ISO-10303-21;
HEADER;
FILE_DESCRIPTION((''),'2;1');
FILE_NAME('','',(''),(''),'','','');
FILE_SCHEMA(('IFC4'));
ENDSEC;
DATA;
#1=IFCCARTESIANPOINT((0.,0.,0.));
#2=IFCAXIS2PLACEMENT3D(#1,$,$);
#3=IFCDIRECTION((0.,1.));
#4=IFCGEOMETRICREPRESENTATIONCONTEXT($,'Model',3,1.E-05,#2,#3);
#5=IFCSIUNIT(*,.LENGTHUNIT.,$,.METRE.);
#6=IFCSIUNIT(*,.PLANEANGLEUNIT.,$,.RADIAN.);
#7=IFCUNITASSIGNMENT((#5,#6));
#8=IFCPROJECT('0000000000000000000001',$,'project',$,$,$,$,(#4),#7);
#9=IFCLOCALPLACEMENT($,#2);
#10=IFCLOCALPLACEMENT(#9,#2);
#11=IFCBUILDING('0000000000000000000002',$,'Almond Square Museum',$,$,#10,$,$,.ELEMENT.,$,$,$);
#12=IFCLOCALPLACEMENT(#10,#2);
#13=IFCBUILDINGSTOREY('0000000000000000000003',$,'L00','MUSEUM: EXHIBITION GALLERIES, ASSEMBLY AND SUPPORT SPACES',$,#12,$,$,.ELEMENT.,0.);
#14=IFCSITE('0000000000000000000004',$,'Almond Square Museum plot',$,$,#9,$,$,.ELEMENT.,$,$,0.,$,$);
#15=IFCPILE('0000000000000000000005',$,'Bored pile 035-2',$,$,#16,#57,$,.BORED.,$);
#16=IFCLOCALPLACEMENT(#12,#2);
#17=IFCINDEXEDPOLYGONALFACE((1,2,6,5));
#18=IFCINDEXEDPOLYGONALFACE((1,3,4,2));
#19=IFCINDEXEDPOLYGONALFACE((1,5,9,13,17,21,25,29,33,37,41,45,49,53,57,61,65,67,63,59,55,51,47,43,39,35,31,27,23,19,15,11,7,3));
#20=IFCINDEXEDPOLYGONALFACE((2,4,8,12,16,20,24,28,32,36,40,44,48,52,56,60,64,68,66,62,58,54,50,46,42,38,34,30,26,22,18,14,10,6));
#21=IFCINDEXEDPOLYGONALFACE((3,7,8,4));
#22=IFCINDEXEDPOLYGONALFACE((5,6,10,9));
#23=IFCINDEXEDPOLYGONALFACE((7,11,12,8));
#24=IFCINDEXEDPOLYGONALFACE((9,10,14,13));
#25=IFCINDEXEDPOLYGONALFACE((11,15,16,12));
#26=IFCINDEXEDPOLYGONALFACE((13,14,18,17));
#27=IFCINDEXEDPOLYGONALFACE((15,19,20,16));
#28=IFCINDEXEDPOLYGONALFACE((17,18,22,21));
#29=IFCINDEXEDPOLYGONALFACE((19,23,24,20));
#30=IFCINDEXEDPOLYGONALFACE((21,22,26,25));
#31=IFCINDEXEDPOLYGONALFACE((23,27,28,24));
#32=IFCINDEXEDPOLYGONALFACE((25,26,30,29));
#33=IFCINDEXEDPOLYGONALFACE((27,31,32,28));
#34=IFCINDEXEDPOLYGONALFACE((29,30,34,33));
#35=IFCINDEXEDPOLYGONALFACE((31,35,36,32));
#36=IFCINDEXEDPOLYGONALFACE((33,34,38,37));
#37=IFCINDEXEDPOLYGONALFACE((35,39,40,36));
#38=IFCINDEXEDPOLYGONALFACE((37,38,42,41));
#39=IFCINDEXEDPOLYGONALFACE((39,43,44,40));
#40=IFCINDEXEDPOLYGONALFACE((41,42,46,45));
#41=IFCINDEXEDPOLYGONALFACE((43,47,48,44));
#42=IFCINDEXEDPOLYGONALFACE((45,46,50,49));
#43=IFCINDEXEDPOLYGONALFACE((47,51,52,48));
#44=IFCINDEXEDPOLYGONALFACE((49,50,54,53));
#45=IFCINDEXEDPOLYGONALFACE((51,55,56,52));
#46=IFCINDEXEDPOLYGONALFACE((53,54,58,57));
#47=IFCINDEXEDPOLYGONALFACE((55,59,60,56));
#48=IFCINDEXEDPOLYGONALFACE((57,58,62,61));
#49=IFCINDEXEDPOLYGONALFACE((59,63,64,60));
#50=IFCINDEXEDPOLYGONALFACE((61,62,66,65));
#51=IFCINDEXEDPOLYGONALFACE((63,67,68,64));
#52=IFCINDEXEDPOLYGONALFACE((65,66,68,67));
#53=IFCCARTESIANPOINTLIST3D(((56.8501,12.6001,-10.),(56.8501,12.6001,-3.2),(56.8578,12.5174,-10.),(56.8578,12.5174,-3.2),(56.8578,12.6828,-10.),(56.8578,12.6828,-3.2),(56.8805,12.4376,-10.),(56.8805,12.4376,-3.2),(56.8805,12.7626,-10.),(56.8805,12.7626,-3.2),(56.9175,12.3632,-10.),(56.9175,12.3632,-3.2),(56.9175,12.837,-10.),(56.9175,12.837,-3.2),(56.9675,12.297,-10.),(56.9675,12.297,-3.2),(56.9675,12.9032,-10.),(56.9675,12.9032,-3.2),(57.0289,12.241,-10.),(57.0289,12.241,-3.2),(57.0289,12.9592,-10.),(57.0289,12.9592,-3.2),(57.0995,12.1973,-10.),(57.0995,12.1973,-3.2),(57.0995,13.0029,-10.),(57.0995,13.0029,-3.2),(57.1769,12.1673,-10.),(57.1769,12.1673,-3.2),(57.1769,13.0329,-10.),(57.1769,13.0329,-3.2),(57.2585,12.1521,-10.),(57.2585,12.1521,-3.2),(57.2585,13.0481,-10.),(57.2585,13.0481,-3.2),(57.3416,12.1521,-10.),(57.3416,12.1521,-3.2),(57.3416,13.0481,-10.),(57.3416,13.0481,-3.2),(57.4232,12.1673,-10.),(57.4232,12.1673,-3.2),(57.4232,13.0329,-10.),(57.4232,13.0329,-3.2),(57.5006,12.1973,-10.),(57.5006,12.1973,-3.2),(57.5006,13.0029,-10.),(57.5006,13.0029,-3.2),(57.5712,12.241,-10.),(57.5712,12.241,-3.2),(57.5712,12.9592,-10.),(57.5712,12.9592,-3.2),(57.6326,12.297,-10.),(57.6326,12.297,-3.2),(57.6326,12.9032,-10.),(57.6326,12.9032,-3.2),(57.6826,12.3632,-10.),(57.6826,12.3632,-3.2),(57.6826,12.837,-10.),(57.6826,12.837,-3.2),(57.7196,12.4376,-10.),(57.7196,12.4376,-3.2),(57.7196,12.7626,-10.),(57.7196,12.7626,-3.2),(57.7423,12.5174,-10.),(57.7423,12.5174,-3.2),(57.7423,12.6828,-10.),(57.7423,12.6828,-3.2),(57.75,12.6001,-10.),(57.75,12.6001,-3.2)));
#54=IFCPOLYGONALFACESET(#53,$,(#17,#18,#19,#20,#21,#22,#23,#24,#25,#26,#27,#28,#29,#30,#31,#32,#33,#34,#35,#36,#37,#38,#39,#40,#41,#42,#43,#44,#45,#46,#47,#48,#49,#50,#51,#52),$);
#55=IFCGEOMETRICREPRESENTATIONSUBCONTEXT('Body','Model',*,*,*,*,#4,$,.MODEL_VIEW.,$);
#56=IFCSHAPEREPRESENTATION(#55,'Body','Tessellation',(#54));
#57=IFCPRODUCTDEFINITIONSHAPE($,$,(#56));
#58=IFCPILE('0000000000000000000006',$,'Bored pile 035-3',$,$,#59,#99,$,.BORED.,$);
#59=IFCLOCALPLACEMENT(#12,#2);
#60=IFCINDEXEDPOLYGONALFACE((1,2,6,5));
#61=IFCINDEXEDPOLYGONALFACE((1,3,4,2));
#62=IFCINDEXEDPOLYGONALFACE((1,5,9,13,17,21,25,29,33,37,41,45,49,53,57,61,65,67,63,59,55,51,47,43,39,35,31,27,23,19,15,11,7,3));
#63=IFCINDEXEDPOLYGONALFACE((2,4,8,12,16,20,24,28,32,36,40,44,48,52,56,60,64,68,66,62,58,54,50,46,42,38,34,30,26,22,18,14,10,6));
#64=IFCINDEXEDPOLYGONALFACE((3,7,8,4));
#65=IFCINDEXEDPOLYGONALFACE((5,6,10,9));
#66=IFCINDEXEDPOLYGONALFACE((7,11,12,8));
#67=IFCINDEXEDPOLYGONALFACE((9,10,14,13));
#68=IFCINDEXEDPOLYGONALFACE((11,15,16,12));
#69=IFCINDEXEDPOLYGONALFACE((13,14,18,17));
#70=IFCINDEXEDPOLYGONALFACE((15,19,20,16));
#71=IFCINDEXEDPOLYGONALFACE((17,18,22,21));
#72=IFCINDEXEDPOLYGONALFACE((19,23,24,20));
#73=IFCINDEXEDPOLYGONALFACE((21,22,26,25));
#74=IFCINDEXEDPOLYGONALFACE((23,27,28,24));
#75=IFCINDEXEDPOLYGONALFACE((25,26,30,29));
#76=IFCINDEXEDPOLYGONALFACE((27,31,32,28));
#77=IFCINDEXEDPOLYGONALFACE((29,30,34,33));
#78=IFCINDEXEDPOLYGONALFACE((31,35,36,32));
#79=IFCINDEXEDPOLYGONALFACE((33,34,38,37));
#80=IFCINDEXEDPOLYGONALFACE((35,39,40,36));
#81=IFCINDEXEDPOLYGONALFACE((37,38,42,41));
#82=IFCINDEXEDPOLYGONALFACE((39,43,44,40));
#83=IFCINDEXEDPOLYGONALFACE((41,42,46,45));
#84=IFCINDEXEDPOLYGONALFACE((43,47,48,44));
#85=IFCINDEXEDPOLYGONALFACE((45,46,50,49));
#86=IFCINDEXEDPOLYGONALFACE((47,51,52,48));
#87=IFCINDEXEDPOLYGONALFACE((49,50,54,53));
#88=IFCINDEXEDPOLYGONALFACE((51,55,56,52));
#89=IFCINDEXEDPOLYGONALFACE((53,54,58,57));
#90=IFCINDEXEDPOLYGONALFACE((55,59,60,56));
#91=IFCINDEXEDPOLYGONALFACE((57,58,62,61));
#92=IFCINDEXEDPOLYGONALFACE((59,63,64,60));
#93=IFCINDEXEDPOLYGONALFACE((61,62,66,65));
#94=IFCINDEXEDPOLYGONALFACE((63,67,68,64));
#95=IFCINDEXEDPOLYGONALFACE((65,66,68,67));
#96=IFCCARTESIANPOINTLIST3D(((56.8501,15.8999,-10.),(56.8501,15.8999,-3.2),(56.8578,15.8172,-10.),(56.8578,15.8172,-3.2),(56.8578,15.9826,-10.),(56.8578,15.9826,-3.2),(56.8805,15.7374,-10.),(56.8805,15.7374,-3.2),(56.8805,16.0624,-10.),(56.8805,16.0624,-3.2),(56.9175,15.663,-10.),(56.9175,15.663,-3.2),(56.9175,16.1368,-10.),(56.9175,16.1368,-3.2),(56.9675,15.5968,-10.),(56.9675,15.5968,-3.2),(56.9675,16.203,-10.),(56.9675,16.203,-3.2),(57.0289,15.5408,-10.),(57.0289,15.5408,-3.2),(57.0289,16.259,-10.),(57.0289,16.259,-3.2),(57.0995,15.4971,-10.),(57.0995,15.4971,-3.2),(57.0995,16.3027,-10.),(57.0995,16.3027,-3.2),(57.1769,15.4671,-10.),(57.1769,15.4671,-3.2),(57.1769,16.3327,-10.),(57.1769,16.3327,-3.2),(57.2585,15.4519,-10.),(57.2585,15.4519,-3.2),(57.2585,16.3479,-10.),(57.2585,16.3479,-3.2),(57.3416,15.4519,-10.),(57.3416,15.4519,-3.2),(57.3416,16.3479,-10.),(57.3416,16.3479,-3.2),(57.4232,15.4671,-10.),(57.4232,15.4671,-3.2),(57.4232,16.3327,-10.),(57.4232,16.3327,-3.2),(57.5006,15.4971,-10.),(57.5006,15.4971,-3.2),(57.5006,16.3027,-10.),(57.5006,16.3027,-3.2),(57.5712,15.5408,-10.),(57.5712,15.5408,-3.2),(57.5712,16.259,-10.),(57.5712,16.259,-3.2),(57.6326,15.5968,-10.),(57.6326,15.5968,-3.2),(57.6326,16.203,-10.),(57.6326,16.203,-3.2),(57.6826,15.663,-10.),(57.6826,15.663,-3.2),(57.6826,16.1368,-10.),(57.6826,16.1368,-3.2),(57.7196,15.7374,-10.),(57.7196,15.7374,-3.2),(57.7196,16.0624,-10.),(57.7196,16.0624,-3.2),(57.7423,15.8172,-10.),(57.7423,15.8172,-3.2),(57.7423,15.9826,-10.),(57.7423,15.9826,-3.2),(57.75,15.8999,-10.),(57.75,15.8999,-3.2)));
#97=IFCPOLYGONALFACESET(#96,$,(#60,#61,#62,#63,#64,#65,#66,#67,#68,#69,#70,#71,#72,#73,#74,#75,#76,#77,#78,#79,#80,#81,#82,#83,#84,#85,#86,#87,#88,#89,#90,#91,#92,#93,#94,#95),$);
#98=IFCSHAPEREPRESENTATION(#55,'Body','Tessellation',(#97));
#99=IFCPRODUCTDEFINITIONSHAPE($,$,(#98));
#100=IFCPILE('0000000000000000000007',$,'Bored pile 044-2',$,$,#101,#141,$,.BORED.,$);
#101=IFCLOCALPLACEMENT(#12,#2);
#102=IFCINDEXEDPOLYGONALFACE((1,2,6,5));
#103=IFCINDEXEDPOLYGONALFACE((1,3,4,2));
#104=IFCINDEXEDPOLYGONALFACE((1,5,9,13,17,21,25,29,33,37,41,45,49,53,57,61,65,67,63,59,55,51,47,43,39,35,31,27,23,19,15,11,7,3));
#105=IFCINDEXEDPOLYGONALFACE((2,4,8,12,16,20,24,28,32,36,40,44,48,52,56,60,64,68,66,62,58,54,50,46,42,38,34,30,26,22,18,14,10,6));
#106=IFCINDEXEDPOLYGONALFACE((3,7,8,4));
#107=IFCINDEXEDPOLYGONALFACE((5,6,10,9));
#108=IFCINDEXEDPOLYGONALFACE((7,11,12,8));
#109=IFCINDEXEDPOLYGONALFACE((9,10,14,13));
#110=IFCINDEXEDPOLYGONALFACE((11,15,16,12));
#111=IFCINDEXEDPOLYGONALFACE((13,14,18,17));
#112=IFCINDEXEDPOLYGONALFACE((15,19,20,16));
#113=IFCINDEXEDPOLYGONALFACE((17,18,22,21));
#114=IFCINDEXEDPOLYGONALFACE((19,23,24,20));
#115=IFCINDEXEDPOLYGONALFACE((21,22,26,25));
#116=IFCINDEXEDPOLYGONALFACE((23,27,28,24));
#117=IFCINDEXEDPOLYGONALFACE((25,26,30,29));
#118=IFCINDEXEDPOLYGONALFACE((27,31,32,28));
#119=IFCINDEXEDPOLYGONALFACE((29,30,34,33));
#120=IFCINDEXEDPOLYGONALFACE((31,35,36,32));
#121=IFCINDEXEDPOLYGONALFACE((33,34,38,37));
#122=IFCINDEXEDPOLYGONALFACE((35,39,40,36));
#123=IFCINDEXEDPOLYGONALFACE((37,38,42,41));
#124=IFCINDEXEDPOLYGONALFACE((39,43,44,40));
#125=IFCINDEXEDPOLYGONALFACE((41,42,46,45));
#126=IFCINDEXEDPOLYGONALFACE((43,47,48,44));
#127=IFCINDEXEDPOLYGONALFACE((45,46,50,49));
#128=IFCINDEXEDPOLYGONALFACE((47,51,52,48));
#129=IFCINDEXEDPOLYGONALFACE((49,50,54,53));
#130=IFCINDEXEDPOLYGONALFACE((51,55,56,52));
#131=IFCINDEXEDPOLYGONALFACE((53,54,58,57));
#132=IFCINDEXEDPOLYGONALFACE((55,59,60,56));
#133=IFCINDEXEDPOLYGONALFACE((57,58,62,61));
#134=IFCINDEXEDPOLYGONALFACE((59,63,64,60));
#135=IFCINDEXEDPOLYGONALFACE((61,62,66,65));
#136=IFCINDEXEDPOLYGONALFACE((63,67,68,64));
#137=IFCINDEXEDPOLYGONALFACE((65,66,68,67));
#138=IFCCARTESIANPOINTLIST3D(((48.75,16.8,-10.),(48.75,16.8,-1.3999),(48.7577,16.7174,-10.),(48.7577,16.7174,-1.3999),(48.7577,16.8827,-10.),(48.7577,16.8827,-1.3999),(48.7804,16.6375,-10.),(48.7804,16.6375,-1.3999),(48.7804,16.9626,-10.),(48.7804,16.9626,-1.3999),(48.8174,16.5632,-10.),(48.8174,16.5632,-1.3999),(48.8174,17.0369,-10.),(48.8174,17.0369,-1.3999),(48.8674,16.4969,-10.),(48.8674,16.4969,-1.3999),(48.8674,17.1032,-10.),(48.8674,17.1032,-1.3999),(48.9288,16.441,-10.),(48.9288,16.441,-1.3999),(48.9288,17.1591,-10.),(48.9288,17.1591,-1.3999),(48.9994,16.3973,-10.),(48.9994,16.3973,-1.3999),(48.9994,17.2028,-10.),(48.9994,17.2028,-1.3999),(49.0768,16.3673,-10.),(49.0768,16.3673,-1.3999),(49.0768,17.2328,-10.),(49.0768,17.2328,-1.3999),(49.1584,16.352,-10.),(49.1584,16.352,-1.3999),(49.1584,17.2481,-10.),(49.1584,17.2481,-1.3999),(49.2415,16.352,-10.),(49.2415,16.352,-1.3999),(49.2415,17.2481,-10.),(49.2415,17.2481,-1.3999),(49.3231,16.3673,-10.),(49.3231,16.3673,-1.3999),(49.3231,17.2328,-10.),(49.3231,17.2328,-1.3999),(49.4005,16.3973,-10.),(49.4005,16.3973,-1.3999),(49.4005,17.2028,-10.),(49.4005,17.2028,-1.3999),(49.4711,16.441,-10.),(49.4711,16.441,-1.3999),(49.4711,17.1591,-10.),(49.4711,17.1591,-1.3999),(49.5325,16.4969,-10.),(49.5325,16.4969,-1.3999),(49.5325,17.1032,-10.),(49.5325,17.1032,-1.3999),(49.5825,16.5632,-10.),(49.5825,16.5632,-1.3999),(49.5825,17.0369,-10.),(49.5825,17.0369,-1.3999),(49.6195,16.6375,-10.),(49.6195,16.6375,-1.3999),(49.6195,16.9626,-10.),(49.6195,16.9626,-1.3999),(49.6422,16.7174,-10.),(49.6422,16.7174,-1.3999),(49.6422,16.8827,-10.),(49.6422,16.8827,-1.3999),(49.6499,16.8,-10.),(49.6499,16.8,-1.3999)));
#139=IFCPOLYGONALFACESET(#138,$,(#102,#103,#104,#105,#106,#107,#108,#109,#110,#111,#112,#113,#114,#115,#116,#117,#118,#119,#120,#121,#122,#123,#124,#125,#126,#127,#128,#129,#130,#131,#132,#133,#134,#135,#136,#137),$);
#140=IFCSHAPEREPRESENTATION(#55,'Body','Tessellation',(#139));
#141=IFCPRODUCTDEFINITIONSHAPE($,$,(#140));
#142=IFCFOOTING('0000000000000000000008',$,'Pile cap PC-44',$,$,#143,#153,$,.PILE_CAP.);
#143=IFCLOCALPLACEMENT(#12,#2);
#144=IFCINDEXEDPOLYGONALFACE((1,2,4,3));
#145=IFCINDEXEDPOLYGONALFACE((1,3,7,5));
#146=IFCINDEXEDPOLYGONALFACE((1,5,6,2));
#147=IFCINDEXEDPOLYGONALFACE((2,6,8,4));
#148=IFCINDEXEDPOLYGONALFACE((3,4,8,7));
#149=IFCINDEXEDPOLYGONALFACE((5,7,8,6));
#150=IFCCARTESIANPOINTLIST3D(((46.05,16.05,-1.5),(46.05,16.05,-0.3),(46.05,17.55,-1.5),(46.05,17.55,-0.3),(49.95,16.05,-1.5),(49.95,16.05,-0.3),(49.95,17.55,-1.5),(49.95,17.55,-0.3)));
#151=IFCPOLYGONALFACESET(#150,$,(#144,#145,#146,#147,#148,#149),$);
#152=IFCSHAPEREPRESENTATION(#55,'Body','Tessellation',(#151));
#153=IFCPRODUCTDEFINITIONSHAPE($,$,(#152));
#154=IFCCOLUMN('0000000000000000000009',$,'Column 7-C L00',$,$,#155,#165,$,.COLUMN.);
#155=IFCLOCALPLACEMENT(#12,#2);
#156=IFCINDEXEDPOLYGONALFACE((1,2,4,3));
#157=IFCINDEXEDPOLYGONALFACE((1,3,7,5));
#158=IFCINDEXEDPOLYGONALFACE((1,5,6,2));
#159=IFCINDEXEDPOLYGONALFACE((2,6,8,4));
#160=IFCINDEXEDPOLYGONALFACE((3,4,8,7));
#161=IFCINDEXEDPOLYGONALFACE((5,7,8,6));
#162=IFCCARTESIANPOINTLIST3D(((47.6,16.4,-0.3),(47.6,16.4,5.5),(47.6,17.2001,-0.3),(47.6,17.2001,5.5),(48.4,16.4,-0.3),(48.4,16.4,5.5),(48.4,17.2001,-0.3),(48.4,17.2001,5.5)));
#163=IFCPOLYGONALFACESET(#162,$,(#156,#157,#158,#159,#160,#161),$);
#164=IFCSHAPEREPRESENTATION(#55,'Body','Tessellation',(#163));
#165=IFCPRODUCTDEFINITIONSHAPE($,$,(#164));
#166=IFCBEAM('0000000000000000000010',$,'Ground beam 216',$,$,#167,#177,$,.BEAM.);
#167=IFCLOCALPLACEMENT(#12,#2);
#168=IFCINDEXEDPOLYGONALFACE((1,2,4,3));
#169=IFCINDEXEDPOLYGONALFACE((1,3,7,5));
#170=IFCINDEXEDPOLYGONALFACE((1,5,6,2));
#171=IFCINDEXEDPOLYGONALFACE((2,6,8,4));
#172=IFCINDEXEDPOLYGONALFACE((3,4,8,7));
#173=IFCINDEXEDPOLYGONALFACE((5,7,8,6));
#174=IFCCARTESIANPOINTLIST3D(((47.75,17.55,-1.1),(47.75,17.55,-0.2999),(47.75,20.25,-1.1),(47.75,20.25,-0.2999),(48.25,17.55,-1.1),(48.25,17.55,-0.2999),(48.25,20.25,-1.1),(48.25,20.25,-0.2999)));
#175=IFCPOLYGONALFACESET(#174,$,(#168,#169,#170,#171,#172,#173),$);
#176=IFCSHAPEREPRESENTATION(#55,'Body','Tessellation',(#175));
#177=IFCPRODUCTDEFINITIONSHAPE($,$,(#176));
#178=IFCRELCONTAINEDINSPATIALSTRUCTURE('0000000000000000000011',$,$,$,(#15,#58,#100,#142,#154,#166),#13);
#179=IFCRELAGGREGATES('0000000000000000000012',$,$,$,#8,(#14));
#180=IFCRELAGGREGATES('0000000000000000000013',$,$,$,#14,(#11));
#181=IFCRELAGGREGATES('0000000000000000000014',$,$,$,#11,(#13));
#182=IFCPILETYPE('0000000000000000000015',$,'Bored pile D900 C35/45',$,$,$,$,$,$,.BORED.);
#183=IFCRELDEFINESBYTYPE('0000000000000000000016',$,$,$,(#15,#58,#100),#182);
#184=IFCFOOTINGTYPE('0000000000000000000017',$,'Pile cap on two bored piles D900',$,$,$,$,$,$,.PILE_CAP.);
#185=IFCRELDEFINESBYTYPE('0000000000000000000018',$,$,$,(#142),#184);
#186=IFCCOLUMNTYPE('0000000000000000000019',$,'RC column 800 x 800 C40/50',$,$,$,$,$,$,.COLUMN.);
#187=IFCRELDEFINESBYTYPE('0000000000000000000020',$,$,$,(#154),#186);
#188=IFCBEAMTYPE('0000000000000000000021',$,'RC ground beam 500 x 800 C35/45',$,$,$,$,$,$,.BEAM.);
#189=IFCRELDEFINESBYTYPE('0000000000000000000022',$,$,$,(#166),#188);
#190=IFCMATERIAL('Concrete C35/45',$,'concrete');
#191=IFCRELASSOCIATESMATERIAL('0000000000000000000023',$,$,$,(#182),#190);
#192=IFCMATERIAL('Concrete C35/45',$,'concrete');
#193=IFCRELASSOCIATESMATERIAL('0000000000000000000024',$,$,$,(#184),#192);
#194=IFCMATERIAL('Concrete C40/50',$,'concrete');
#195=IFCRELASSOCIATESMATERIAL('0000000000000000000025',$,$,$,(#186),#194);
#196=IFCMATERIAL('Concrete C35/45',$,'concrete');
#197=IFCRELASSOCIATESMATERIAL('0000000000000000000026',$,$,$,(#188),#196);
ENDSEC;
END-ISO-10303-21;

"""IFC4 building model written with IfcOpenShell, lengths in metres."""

from ifc_helpers import new_model, si_unit, direction, frame, origin, origin_2d, place, context, subcontext, project, spatial, rectangle, circle, extrude, material, material_profile, profile_set, type_object, element, save


model = new_model("IFC4")

# Units and contexts
model_context = context("Model", 3, precision=1e-05, world=origin(), true_north=direction((0.0, 1.0)))
body_context = subcontext(model_context, "Body", "Model", "MODEL_VIEW")
ifc_project = project(units=[si_unit("LENGTHUNIT", "METRE"), si_unit("PLANEANGLEUNIT", "RADIAN")], contexts=[model_context])

# Site, building, storey
site_placement = place(None, origin())
site = spatial("IfcSite", under=ifc_project, at=site_placement, Name="Almond Square Museum plot", CompositionType="ELEMENT", RefElevation=0.0)
building_placement = place(site_placement, origin())
building = spatial("IfcBuilding", under=site, at=building_placement, Name="Almond Square Museum", CompositionType="ELEMENT")
storey_placement = place(building_placement, origin())
storey = spatial("IfcBuildingStorey", under=building, at=storey_placement, Name="L00", Description="MUSEUM: EXHIBITION GALLERIES, ASSEMBLY AND SUPPORT SPACES", CompositionType="ELEMENT", Elevation=0.0)

# Piles
ifc_material_1 = material(Name="Concrete C35/45", Category="concrete")
ifc_material_profile_1 = material_profile(ifc_material_1, circle(Radius=0.45, at=origin_2d()))
ifc_profile_set_1 = profile_set([ifc_material_profile_1], Name="Concrete C35/45")
pile_type = type_object("IfcPileType", Name="Bored pile D900 C35/45", PredefinedType="BORED", material=ifc_profile_set_1)
for number, where, z_axis, x_axis, name in (
    (1, (57.3, 12.6001, -3.2), (0.0, 0.0, -1.0), (1.0, 0.0, 0.0), "Bored pile 035-2"),
    (2, (57.3, 15.8999, -3.2), (0.0, 0.0, -1.0), (1.0, 0.0, 0.0), "Bored pile 035-3"),
):
    element("IfcPile", number, at=place(storey_placement, frame(where, z_axis=z_axis, x_axis=x_axis)), inside=storey, type_object=pile_type, Name=name, PredefinedType="BORED", context=body_context, shape_type="SweptSolid", body=[
        extrude(circle(Radius=0.45, at=origin_2d()), origin(), (0.0, 0.0, 1.0), 6.8),
    ])
pile_placement = place(storey_placement, frame((49.2, 16.8, -1.3999), z_axis=(0.0, 0.0, -1.0), x_axis=(1.0, 0.0, 0.0)))
element("IfcPile", 3, at=pile_placement, inside=storey, type_object=pile_type, Name="Bored pile 044-2", PredefinedType="BORED", context=body_context, shape_type="SweptSolid", body=[
    extrude(circle(Radius=0.45, at=origin_2d()), origin(), (0.0, 0.0, 1.0), 8.6001),
])

# Footing
ifc_material_2 = material(Name="Concrete C35/45", Category="concrete")
footing_type = type_object("IfcFootingType", Name="Pile cap on two bored piles D900", PredefinedType="PILE_CAP", material=ifc_material_2)
footing_placement = place(storey_placement, frame((48.0, 16.8, -1.5), z_axis=(0.0, 0.0, 1.0), x_axis=(1.0, 0.0, 0.0)))
element("IfcFooting", 4, at=footing_placement, inside=storey, type_object=footing_type, Name="Pile cap PC-44", PredefinedType="PILE_CAP", context=body_context, shape_type="SweptSolid", body=[
    extrude(rectangle(XDim=3.8999, YDim=1.5, at=origin_2d()), origin(), (0.0, 0.0, 1.0), 1.2),
])

# Column
ifc_material_3 = material(Name="Concrete C40/50", Category="concrete")
ifc_material_profile_2 = material_profile(ifc_material_3, rectangle(XDim=0.8, YDim=0.8, at=origin_2d()))
ifc_profile_set_2 = profile_set([ifc_material_profile_2], Name="Concrete C40/50")
column_type = type_object("IfcColumnType", Name="RC column 800 x 800 C40/50", PredefinedType="COLUMN", material=ifc_profile_set_2)
column_placement = place(storey_placement, frame((48.0, 16.8, -0.3), z_axis=(0.0, 0.0, 1.0), x_axis=(1.0, 0.0, 0.0)))
element("IfcColumn", 5, at=column_placement, inside=storey, type_object=column_type, Name="Column 7-C L00", PredefinedType="COLUMN", context=body_context, shape_type="SweptSolid", body=[
    extrude(rectangle(XDim=0.8, YDim=0.8, at=origin_2d()), origin(), (0.0, 0.0, 1.0), 5.8),
])

# Beam
ifc_material_4 = material(Name="Concrete C35/45", Category="concrete")
ifc_material_profile_3 = material_profile(ifc_material_4, rectangle(XDim=0.5, YDim=0.8, at=origin_2d()))
ifc_profile_set_3 = profile_set([ifc_material_profile_3], Name="Concrete C35/45")
beam_type = type_object("IfcBeamType", Name="RC ground beam 500 x 800 C35/45", PredefinedType="BEAM", material=ifc_profile_set_3)
beam_placement = place(storey_placement, frame((48.0, 17.55, -0.7), z_axis=(0.0, 1.0, 0.0), x_axis=(-1.0, 0.0, 0.0)))
element("IfcBeam", 6, at=beam_placement, inside=storey, type_object=beam_type, Name="Ground beam 216", PredefinedType="BEAM", context=body_context, shape_type="SweptSolid", body=[
    extrude(rectangle(XDim=0.5, YDim=0.8, at=origin_2d()), origin(), (0.0, 0.0, 1.0), 2.7),
])

save(model, "model.ifc")
